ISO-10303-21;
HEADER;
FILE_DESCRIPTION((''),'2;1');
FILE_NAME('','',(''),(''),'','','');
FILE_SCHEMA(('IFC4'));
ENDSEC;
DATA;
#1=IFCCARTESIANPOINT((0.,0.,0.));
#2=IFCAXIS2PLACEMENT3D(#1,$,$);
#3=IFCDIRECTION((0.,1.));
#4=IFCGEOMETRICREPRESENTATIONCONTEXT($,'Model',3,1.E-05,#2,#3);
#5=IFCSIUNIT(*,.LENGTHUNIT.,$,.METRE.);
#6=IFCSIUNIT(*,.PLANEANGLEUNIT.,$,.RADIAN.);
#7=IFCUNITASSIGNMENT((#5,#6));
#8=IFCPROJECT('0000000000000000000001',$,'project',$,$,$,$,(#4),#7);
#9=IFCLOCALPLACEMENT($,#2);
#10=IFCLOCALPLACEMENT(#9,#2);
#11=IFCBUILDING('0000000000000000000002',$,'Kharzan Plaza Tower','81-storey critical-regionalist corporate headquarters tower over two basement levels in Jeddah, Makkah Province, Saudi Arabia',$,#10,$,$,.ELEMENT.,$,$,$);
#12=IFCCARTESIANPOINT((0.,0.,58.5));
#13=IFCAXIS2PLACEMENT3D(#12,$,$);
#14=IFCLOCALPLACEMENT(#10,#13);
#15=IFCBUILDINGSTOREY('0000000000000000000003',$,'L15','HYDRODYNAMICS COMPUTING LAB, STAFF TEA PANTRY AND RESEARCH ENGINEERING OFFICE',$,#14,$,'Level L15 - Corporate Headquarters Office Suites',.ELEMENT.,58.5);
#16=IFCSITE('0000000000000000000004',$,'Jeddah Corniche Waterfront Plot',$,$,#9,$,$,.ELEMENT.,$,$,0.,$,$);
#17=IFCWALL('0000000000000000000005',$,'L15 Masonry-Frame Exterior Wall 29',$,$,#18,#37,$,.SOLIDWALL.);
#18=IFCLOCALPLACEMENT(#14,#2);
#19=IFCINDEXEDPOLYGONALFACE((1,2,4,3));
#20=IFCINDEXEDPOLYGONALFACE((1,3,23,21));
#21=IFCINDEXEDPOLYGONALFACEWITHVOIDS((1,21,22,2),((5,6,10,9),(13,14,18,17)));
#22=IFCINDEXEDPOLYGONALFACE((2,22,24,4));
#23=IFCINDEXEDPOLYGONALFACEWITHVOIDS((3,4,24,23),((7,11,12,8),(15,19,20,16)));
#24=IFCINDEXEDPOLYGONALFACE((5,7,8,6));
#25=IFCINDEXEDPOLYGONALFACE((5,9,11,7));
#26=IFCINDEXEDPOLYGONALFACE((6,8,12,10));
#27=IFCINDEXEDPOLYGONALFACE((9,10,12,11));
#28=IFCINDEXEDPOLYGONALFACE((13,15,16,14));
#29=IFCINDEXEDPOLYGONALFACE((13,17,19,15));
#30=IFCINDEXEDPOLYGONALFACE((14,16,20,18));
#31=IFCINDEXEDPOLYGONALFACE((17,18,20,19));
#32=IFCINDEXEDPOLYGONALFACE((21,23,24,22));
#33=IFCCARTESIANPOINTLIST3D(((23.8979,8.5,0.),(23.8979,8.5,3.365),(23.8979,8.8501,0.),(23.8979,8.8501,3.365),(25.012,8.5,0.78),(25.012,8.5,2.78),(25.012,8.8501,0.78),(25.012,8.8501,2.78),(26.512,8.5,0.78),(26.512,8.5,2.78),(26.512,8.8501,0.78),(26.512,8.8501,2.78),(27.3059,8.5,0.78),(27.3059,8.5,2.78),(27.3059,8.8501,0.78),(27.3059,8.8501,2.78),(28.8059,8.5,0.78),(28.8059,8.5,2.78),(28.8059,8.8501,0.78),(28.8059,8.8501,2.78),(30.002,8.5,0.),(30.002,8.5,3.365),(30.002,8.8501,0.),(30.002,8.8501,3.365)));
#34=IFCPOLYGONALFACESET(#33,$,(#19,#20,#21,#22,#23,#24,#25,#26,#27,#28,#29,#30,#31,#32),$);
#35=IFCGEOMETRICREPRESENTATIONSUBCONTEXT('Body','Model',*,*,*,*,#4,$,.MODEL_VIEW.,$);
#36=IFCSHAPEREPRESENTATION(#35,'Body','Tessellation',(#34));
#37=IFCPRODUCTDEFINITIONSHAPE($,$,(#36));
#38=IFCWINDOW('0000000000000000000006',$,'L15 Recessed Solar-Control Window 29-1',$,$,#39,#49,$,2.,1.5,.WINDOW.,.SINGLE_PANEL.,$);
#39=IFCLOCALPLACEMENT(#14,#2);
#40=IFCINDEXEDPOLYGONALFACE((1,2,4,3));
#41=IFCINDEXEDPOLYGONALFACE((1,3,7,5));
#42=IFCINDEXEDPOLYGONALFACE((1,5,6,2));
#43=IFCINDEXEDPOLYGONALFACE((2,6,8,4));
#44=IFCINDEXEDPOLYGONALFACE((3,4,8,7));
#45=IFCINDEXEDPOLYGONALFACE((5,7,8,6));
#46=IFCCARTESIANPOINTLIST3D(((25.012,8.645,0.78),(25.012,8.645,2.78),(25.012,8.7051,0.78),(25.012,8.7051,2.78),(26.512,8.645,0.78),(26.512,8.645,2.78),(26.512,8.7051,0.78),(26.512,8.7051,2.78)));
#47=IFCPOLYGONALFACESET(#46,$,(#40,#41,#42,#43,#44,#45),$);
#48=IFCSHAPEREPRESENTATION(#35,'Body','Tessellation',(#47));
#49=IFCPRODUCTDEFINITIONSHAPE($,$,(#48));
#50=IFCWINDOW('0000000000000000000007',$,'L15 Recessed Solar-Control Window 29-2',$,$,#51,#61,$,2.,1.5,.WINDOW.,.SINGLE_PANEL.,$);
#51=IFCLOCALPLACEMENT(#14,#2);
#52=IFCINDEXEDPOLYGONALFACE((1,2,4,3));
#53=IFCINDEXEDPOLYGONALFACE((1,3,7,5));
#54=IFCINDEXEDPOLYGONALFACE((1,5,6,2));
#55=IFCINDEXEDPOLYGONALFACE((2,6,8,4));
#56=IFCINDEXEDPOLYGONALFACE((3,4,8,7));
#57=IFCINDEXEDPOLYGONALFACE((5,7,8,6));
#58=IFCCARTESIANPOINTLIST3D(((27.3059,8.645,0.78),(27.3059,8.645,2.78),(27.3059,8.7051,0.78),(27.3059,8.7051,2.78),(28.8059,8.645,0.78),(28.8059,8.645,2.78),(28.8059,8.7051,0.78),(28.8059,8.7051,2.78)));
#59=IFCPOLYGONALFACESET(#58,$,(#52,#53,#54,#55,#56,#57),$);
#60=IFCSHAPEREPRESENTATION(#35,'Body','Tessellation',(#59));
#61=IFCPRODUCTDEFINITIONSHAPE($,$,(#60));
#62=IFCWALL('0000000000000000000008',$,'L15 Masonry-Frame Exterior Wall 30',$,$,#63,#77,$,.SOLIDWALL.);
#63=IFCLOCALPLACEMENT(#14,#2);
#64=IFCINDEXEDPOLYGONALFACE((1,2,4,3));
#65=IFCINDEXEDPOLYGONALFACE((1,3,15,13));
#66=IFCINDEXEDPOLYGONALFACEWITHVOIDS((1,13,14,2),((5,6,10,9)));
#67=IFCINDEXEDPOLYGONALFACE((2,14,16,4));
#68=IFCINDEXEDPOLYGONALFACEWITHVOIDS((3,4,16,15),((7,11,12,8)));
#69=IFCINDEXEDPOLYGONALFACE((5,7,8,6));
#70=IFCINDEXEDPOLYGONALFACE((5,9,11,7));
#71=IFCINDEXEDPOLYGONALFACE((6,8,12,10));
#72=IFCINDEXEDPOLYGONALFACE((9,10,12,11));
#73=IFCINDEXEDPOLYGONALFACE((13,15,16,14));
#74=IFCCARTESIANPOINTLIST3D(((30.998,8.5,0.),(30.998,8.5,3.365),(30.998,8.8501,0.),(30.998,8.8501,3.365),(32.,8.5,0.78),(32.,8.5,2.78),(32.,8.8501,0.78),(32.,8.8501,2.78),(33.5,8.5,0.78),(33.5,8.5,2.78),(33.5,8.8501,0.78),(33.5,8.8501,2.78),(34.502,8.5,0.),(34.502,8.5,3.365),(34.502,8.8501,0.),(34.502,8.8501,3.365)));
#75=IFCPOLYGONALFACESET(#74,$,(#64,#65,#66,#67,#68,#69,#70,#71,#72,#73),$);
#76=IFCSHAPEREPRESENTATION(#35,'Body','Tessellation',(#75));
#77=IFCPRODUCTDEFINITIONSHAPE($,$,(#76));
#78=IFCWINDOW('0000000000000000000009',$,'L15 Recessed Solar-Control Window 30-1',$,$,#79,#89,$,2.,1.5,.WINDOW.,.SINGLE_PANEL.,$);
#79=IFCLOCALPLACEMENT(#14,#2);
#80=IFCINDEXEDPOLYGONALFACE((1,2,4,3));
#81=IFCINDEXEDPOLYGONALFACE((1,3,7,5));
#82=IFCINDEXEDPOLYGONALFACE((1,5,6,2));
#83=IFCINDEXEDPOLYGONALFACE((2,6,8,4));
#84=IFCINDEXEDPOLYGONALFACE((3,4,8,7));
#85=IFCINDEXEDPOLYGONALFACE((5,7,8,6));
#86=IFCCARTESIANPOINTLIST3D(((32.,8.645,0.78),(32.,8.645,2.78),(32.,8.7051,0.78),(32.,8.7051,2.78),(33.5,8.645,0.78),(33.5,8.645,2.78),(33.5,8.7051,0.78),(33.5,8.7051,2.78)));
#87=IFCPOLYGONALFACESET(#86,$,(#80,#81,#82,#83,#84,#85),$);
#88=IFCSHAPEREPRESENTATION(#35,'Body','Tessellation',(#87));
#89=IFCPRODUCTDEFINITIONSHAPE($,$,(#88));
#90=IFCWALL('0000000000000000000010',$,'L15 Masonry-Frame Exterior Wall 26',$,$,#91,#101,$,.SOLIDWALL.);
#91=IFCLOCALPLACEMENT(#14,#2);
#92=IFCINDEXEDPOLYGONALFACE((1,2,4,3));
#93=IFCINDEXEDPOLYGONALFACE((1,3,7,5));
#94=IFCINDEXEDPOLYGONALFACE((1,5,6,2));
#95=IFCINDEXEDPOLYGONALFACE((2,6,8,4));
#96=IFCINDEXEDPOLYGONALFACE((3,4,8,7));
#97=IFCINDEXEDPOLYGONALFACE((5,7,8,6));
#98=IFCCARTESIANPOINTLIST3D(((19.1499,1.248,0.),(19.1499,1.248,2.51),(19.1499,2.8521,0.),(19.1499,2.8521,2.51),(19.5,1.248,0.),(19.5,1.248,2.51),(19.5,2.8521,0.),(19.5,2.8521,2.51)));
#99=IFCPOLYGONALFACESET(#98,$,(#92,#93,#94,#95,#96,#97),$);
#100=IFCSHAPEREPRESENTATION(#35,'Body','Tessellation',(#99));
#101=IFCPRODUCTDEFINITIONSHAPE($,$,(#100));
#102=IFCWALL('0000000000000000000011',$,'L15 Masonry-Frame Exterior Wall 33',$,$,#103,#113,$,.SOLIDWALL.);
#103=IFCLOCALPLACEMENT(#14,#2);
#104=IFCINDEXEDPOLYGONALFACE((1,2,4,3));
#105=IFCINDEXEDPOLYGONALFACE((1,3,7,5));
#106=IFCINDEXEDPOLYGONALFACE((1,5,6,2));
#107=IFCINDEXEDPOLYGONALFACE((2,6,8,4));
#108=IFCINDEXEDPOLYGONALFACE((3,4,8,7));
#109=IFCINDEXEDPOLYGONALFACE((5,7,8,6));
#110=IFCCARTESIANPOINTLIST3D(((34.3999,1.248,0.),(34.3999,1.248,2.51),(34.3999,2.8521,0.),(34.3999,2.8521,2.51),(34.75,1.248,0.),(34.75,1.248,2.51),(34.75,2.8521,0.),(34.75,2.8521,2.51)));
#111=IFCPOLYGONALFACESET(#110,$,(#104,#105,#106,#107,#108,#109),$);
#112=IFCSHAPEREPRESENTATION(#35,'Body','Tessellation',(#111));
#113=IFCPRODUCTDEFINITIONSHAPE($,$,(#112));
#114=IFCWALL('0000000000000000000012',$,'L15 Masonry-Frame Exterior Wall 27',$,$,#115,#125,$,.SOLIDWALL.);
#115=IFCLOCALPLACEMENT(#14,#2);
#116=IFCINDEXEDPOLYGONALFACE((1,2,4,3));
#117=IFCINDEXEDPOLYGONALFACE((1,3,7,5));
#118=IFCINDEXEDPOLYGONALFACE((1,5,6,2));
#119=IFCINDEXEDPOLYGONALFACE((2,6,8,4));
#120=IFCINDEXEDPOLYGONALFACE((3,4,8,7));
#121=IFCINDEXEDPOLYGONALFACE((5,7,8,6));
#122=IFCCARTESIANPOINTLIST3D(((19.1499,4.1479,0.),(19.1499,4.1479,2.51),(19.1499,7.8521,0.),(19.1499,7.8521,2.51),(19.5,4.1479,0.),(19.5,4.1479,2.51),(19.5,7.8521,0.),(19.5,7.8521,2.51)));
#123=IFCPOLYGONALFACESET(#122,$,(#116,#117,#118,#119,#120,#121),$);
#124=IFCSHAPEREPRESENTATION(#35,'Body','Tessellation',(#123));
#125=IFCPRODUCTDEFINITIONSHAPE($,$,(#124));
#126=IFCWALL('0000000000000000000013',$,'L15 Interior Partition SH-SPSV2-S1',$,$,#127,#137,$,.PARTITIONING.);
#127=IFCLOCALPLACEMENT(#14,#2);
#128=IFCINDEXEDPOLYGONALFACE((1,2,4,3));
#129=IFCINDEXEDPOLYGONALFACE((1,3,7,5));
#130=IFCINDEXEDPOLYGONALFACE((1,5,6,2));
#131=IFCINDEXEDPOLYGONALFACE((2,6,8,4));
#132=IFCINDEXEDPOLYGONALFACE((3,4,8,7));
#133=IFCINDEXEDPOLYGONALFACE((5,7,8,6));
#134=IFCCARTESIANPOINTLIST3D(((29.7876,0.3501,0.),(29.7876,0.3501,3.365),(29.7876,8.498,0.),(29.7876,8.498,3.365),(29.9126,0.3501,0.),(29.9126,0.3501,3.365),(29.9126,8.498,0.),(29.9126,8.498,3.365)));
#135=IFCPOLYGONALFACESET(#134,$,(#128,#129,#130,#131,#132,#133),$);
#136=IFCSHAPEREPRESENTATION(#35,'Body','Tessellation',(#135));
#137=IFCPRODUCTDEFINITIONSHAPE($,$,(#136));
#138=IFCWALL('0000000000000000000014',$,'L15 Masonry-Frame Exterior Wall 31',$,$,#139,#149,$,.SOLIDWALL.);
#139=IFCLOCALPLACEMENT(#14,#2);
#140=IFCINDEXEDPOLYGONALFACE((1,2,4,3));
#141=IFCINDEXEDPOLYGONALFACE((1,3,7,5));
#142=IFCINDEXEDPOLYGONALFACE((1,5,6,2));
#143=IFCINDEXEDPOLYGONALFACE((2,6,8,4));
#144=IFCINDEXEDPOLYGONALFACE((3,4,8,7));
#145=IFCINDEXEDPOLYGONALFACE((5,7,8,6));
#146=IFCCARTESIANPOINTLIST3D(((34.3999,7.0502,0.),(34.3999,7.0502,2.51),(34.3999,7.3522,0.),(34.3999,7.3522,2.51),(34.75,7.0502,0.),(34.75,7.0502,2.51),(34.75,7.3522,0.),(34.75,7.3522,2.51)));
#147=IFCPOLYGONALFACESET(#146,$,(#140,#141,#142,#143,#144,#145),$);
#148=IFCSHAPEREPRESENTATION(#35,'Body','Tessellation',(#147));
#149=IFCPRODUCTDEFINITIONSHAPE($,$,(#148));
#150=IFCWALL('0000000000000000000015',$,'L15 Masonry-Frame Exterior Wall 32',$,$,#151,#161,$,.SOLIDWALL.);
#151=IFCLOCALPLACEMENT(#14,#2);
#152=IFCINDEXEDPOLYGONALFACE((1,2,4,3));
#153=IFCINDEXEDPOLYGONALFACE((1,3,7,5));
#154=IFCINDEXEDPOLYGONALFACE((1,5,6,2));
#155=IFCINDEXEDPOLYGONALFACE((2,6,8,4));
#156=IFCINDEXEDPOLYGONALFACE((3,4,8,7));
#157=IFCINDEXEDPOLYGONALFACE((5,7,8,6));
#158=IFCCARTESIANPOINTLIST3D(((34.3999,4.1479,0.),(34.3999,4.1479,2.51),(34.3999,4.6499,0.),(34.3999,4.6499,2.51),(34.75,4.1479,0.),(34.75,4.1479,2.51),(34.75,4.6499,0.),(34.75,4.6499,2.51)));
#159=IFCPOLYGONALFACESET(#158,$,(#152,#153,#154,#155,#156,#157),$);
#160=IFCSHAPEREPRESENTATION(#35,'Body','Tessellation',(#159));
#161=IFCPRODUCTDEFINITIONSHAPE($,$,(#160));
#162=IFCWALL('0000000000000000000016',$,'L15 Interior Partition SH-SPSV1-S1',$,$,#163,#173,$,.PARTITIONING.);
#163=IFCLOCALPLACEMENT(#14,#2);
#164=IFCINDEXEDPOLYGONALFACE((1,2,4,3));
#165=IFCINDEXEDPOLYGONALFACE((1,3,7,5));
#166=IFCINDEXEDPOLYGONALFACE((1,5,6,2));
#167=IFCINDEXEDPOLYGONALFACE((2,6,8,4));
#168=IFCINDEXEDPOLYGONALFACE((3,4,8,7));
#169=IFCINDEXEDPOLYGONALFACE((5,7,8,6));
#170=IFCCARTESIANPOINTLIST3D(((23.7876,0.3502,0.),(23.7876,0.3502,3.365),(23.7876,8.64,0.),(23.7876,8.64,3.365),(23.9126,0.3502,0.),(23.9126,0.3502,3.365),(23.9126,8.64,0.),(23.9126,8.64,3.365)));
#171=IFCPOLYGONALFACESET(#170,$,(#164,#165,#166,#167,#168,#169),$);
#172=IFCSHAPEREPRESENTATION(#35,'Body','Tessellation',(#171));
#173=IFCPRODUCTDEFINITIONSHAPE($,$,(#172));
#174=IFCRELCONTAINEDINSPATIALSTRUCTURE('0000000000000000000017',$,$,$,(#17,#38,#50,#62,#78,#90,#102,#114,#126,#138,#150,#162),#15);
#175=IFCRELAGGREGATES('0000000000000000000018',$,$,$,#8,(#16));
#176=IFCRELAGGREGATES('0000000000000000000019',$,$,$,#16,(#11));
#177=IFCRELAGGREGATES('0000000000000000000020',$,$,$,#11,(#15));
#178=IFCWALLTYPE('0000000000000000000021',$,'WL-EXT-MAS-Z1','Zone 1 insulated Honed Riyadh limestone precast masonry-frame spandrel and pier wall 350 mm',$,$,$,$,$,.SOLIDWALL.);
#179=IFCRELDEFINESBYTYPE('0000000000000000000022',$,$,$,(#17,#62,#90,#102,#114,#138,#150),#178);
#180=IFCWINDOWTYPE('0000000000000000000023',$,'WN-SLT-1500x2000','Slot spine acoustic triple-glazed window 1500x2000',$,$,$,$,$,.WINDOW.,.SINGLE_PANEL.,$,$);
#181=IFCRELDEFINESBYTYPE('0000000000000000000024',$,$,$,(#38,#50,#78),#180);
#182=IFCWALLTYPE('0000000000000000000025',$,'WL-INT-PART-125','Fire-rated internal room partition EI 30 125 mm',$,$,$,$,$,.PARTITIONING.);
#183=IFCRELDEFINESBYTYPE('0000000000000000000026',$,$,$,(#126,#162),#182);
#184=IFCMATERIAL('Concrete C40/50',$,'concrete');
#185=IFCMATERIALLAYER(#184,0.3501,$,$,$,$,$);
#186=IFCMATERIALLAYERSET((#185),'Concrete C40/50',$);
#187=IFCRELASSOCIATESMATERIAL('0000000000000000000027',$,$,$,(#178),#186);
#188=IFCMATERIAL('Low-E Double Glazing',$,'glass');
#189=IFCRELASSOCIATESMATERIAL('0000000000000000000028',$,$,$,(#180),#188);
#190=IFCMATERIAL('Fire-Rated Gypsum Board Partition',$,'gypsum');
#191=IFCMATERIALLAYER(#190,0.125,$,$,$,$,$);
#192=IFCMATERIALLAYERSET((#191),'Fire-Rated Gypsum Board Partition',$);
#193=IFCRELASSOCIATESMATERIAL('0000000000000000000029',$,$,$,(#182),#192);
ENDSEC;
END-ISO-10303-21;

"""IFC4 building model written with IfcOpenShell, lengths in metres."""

from ifc_helpers import new_model, si_unit, direction, frame, frame_2d, origin, place, context, subcontext, project, spatial, rectangle, extrude, source, transform, mapped, material, layer, layer_set, type_object, element, fill, save


model = new_model("IFC4")

# Units and contexts
model_context = context("Model", 3, precision=1e-05, world=origin(), true_north=direction((0.0, 1.0)))
body_context = subcontext(model_context, "Body", "Model", "MODEL_VIEW")
ifc_project = project(units=[si_unit("LENGTHUNIT", "METRE"), si_unit("PLANEANGLEUNIT", "RADIAN")], contexts=[model_context])

# Site, building, storey
site_placement = place(None, origin())
site = spatial("IfcSite", under=ifc_project, at=site_placement, Name="Jeddah Corniche Waterfront Plot", CompositionType="ELEMENT", RefElevation=0.0)
building_placement = place(site_placement, origin())
building = spatial("IfcBuilding", under=site, at=building_placement, Name="Kharzan Plaza Tower", Description="81-storey critical-regionalist corporate headquarters tower over two basement levels in Jeddah, Makkah Province, Saudi Arabia", CompositionType="ELEMENT")
storey_placement = place(building_placement, frame((0.0, 0.0, 58.5)))
storey = spatial("IfcBuildingStorey", under=building, at=storey_placement, Name="L15", Description="HYDRODYNAMICS COMPUTING LAB, STAFF TEA PANTRY AND RESEARCH ENGINEERING OFFICE", LongName="Level L15 - Corporate Headquarters Office Suites", CompositionType="ELEMENT", Elevation=58.5)

# Shared definitions
ifc_material_1 = material(Name="Concrete C40/50", Category="concrete")
ifc_layer_1 = layer(ifc_material_1, 0.3501)
ifc_layer_set_1 = layer_set([ifc_layer_1], Name="Concrete C40/50")
wall_type_1 = type_object("IfcWallType", Name="WL-EXT-MAS-Z1", Description="Zone 1 insulated Honed Riyadh limestone precast masonry-frame spandrel and pier wall 350 mm", PredefinedType="SOLIDWALL", material=ifc_layer_set_1)
ifc_material_2 = material(Name="Low-E Double Glazing", Category="glass")
window_type = type_object("IfcWindowType", Name="WN-SLT-1500x2000", Description="Slot spine acoustic triple-glazed window 1500x2000", PartitioningType="SINGLE_PANEL", PredefinedType="WINDOW", material=ifc_material_2)
shared_shape_1 = source(origin(), body_context, "Body", "SweptSolid", [
    extrude(rectangle(XDim=1.5, YDim=2.0, at=frame_2d((0.75, 1.0))), frame((0.0, 0.03, 0.0), z_axis=(0.0, -1.0, 0.0), x_axis=(1.0, 0.0, 0.0)), (0.0, 0.0, 1.0), 0.0601),
])

# Wall, openings, windows
wall_1_placement = place(storey_placement, frame((23.8979, 8.675, 0.0), z_axis=(0.0, 0.0, 1.0), x_axis=(1.0, 0.0, 0.0)))
wall_1 = element("IfcWall", 1, at=wall_1_placement, inside=storey, type_object=wall_type_1, Name="L15 Masonry-Frame Exterior Wall 29", PredefinedType="SOLIDWALL", context=body_context, shape_type="SweptSolid", body=[
    extrude(rectangle(XDim=6.104, YDim=0.3501, at=frame_2d((3.052, 0.0))), origin(), (0.0, 0.0, 1.0), 3.365),
])
opening_1_placement = place(wall_1_placement, frame((1.114, 0.0, 0.78)))
opening_1 = element("IfcOpeningElement", 2, at=opening_1_placement, cuts=wall_1, PredefinedType="OPENING", context=body_context, shape_type="SweptSolid", body=[
    extrude(rectangle(XDim=1.5, YDim=2.0, at=frame_2d((0.75, 1.0))), frame((0.0, 0.1851, 0.0), z_axis=(0.0, -1.0, 0.0), x_axis=(1.0, 0.0, 0.0)), (0.0, 0.0, 1.0), 0.3701),
])
opening_2_placement = place(wall_1_placement, frame((3.408, 0.0, 0.78)))
opening_2 = element("IfcOpeningElement", 3, at=opening_2_placement, cuts=wall_1, PredefinedType="OPENING", context=body_context, shape_type="SweptSolid", body=[
    extrude(rectangle(XDim=1.5, YDim=2.0, at=frame_2d((0.75, 1.0))), frame((0.0, 0.1851, 0.0), z_axis=(0.0, -1.0, 0.0), x_axis=(1.0, 0.0, 0.0)), (0.0, 0.0, 1.0), 0.3701),
])
window_1_placement = place(opening_1_placement, origin())
window_1 = element("IfcWindow", 4, at=window_1_placement, inside=storey, type_object=window_type, Name="L15 Recessed Solar-Control Window 29-1", OverallHeight=2.0, OverallWidth=1.5, PartitioningType="SINGLE_PANEL", PredefinedType="WINDOW", context=body_context, shape_type="MappedRepresentation", body=[
    mapped(shared_shape_1, transform((0.0, 0.0, 0.0), x_axis=(1.0, 0.0, 0.0), y_axis=(0.0, 1.0, 0.0), z_axis=(0.0, 0.0, 1.0))),
])
fill(opening_1, window_1)
window_2_placement = place(opening_2_placement, origin())
window_2 = element("IfcWindow", 5, at=window_2_placement, inside=storey, type_object=window_type, Name="L15 Recessed Solar-Control Window 29-2", OverallHeight=2.0, OverallWidth=1.5, PartitioningType="SINGLE_PANEL", PredefinedType="WINDOW", context=body_context, shape_type="MappedRepresentation", body=[
    mapped(shared_shape_1, transform((0.0, 0.0, 0.0), x_axis=(1.0, 0.0, 0.0), y_axis=(0.0, 1.0, 0.0), z_axis=(0.0, 0.0, 1.0))),
])
fill(opening_2, window_2)

# Wall, opening, window
wall_2_placement = place(storey_placement, frame((30.998, 8.675, 0.0), z_axis=(0.0, 0.0, 1.0), x_axis=(1.0, 0.0, 0.0)))
wall_2 = element("IfcWall", 6, at=wall_2_placement, inside=storey, type_object=wall_type_1, Name="L15 Masonry-Frame Exterior Wall 30", PredefinedType="SOLIDWALL", context=body_context, shape_type="SweptSolid", body=[
    extrude(rectangle(XDim=3.5039, YDim=0.3501, at=frame_2d((1.752, 0.0))), origin(), (0.0, 0.0, 1.0), 3.365),
])
opening_3_placement = place(wall_2_placement, frame((1.002, 0.0, 0.78)))
opening_3 = element("IfcOpeningElement", 7, at=opening_3_placement, cuts=wall_2, PredefinedType="OPENING", context=body_context, shape_type="SweptSolid", body=[
    extrude(rectangle(XDim=1.5, YDim=2.0, at=frame_2d((0.75, 1.0))), frame((0.0, 0.1851, 0.0), z_axis=(0.0, -1.0, 0.0), x_axis=(1.0, 0.0, 0.0)), (0.0, 0.0, 1.0), 0.3701),
])
window_3_placement = place(opening_3_placement, origin())
window_3 = element("IfcWindow", 8, at=window_3_placement, inside=storey, type_object=window_type, Name="L15 Recessed Solar-Control Window 30-1", OverallHeight=2.0, OverallWidth=1.5, PartitioningType="SINGLE_PANEL", PredefinedType="WINDOW", context=body_context, shape_type="MappedRepresentation", body=[
    mapped(shared_shape_1, transform((0.0, 0.0, 0.0), x_axis=(1.0, 0.0, 0.0), y_axis=(0.0, 1.0, 0.0), z_axis=(0.0, 0.0, 1.0))),
])
fill(opening_3, window_3)

# Walls
shared_shape_2 = source(origin(), body_context, "Body", "SweptSolid", [
    extrude(rectangle(XDim=1.604, YDim=0.3501, at=frame_2d((0.802, 0.0))), origin(), (0.0, 0.0, 1.0), 2.51),
])
for number, where, z_axis, x_axis, name in (
    (9, (19.325, 1.248, 0.0), (0.0, 0.0, 1.0), (0.0, 1.0, 0.0), "L15 Masonry-Frame Exterior Wall 26"),
    (10, (34.575, 2.8521, 0.0), (0.0, 0.0, 1.0), (0.0, -1.0, 0.0), "L15 Masonry-Frame Exterior Wall 33"),
):
    element("IfcWall", number, at=place(storey_placement, frame(where, z_axis=z_axis, x_axis=x_axis)), inside=storey, type_object=wall_type_1, Name=name, PredefinedType="SOLIDWALL", context=body_context, shape_type="MappedRepresentation", body=[
        mapped(shared_shape_2, transform((0.0, 0.0, 0.0), x_axis=(1.0, 0.0, 0.0), y_axis=(0.0, 1.0, 0.0), z_axis=(0.0, 0.0, 1.0))),
    ])
shared_shape_3 = source(origin(), body_context, "Body", "SweptSolid", [
    extrude(rectangle(XDim=3.7041, YDim=0.3501, at=frame_2d((1.8521, 0.0))), origin(), (0.0, 0.0, 1.0), 2.51),
])
wall_3_placement = place(storey_placement, frame((19.325, 4.1479, 0.0), z_axis=(0.0, 0.0, 1.0), x_axis=(0.0, 1.0, 0.0)))
element("IfcWall", 11, at=wall_3_placement, inside=storey, type_object=wall_type_1, Name="L15 Masonry-Frame Exterior Wall 27", PredefinedType="SOLIDWALL", context=body_context, shape_type="MappedRepresentation", body=[
    mapped(shared_shape_3, transform((0.0, 0.0, 0.0), x_axis=(1.0, 0.0, 0.0), y_axis=(0.0, 1.0, 0.0), z_axis=(0.0, 0.0, 1.0))),
])
ifc_material_3 = material(Name="Fire-Rated Gypsum Board Partition", Category="gypsum")
ifc_layer_2 = layer(ifc_material_3, 0.125)
ifc_layer_set_2 = layer_set([ifc_layer_2], Name="Fire-Rated Gypsum Board Partition")
wall_type_2 = type_object("IfcWallType", Name="WL-INT-PART-125", Description="Fire-rated internal room partition EI 30 125 mm", PredefinedType="PARTITIONING", material=ifc_layer_set_2)
shared_shape_4 = source(origin(), body_context, "Body", "SweptSolid", [
    extrude(rectangle(XDim=8.1479, YDim=0.125, at=frame_2d((4.074, 0.0))), origin(), (0.0, 0.0, 1.0), 3.365),
])
wall_4_placement = place(storey_placement, frame((29.8501, 0.3501, 0.0), z_axis=(0.0, 0.0, 1.0), x_axis=(0.0, 1.0, 0.0)))
element("IfcWall", 12, at=wall_4_placement, inside=storey, type_object=wall_type_2, Name="L15 Interior Partition SH-SPSV2-S1", PredefinedType="PARTITIONING", context=body_context, shape_type="MappedRepresentation", body=[
    mapped(shared_shape_4, transform((0.0, 0.0, 0.0), x_axis=(1.0, 0.0, 0.0), y_axis=(0.0, 1.0, 0.0), z_axis=(0.0, 0.0, 1.0))),
])
shared_shape_5 = source(origin(), body_context, "Body", "SweptSolid", [
    extrude(rectangle(XDim=0.302, YDim=0.3501, at=frame_2d((0.1509, 0.0))), origin(), (0.0, 0.0, 1.0), 2.51),
])
wall_5_placement = place(storey_placement, frame((34.575, 7.3521, 0.0), z_axis=(0.0, 0.0, 1.0), x_axis=(0.0, -1.0, 0.0)))
element("IfcWall", 13, at=wall_5_placement, inside=storey, type_object=wall_type_1, Name="L15 Masonry-Frame Exterior Wall 31", PredefinedType="SOLIDWALL", context=body_context, shape_type="MappedRepresentation", body=[
    mapped(shared_shape_5, transform((0.0, 0.0, 0.0), x_axis=(1.0, 0.0, 0.0), y_axis=(0.0, 1.0, 0.0), z_axis=(0.0, 0.0, 1.0))),
])
shared_shape_6 = source(origin(), body_context, "Body", "SweptSolid", [
    extrude(rectangle(XDim=0.502, YDim=0.3501, at=frame_2d((0.251, 0.0))), origin(), (0.0, 0.0, 1.0), 2.51),
])
wall_6_placement = place(storey_placement, frame((34.575, 4.6499, 0.0), z_axis=(0.0, 0.0, 1.0), x_axis=(0.0, -1.0, 0.0)))
element("IfcWall", 14, at=wall_6_placement, inside=storey, type_object=wall_type_1, Name="L15 Masonry-Frame Exterior Wall 32", PredefinedType="SOLIDWALL", context=body_context, shape_type="MappedRepresentation", body=[
    mapped(shared_shape_6, transform((0.0, 0.0, 0.0), x_axis=(1.0, 0.0, 0.0), y_axis=(0.0, 1.0, 0.0), z_axis=(0.0, 0.0, 1.0))),
])
shared_shape_7 = source(origin(), body_context, "Body", "SweptSolid", [
    extrude(rectangle(XDim=8.2898, YDim=0.125, at=frame_2d((4.145, 0.0))), origin(), (0.0, 0.0, 1.0), 3.365),
])
wall_7_placement = place(storey_placement, frame((23.8501, 0.3501, 0.0), z_axis=(0.0, 0.0, 1.0), x_axis=(0.0, 1.0, 0.0)))
element("IfcWall", 15, at=wall_7_placement, inside=storey, type_object=wall_type_2, Name="L15 Interior Partition SH-SPSV1-S1", PredefinedType="PARTITIONING", context=body_context, shape_type="MappedRepresentation", body=[
    mapped(shared_shape_7, transform((0.0, 0.0, 0.0), x_axis=(1.0, 0.0, 0.0), y_axis=(0.0, 1.0, 0.0), z_axis=(0.0, 0.0, 1.0))),
])

save(model, "model.ifc")
